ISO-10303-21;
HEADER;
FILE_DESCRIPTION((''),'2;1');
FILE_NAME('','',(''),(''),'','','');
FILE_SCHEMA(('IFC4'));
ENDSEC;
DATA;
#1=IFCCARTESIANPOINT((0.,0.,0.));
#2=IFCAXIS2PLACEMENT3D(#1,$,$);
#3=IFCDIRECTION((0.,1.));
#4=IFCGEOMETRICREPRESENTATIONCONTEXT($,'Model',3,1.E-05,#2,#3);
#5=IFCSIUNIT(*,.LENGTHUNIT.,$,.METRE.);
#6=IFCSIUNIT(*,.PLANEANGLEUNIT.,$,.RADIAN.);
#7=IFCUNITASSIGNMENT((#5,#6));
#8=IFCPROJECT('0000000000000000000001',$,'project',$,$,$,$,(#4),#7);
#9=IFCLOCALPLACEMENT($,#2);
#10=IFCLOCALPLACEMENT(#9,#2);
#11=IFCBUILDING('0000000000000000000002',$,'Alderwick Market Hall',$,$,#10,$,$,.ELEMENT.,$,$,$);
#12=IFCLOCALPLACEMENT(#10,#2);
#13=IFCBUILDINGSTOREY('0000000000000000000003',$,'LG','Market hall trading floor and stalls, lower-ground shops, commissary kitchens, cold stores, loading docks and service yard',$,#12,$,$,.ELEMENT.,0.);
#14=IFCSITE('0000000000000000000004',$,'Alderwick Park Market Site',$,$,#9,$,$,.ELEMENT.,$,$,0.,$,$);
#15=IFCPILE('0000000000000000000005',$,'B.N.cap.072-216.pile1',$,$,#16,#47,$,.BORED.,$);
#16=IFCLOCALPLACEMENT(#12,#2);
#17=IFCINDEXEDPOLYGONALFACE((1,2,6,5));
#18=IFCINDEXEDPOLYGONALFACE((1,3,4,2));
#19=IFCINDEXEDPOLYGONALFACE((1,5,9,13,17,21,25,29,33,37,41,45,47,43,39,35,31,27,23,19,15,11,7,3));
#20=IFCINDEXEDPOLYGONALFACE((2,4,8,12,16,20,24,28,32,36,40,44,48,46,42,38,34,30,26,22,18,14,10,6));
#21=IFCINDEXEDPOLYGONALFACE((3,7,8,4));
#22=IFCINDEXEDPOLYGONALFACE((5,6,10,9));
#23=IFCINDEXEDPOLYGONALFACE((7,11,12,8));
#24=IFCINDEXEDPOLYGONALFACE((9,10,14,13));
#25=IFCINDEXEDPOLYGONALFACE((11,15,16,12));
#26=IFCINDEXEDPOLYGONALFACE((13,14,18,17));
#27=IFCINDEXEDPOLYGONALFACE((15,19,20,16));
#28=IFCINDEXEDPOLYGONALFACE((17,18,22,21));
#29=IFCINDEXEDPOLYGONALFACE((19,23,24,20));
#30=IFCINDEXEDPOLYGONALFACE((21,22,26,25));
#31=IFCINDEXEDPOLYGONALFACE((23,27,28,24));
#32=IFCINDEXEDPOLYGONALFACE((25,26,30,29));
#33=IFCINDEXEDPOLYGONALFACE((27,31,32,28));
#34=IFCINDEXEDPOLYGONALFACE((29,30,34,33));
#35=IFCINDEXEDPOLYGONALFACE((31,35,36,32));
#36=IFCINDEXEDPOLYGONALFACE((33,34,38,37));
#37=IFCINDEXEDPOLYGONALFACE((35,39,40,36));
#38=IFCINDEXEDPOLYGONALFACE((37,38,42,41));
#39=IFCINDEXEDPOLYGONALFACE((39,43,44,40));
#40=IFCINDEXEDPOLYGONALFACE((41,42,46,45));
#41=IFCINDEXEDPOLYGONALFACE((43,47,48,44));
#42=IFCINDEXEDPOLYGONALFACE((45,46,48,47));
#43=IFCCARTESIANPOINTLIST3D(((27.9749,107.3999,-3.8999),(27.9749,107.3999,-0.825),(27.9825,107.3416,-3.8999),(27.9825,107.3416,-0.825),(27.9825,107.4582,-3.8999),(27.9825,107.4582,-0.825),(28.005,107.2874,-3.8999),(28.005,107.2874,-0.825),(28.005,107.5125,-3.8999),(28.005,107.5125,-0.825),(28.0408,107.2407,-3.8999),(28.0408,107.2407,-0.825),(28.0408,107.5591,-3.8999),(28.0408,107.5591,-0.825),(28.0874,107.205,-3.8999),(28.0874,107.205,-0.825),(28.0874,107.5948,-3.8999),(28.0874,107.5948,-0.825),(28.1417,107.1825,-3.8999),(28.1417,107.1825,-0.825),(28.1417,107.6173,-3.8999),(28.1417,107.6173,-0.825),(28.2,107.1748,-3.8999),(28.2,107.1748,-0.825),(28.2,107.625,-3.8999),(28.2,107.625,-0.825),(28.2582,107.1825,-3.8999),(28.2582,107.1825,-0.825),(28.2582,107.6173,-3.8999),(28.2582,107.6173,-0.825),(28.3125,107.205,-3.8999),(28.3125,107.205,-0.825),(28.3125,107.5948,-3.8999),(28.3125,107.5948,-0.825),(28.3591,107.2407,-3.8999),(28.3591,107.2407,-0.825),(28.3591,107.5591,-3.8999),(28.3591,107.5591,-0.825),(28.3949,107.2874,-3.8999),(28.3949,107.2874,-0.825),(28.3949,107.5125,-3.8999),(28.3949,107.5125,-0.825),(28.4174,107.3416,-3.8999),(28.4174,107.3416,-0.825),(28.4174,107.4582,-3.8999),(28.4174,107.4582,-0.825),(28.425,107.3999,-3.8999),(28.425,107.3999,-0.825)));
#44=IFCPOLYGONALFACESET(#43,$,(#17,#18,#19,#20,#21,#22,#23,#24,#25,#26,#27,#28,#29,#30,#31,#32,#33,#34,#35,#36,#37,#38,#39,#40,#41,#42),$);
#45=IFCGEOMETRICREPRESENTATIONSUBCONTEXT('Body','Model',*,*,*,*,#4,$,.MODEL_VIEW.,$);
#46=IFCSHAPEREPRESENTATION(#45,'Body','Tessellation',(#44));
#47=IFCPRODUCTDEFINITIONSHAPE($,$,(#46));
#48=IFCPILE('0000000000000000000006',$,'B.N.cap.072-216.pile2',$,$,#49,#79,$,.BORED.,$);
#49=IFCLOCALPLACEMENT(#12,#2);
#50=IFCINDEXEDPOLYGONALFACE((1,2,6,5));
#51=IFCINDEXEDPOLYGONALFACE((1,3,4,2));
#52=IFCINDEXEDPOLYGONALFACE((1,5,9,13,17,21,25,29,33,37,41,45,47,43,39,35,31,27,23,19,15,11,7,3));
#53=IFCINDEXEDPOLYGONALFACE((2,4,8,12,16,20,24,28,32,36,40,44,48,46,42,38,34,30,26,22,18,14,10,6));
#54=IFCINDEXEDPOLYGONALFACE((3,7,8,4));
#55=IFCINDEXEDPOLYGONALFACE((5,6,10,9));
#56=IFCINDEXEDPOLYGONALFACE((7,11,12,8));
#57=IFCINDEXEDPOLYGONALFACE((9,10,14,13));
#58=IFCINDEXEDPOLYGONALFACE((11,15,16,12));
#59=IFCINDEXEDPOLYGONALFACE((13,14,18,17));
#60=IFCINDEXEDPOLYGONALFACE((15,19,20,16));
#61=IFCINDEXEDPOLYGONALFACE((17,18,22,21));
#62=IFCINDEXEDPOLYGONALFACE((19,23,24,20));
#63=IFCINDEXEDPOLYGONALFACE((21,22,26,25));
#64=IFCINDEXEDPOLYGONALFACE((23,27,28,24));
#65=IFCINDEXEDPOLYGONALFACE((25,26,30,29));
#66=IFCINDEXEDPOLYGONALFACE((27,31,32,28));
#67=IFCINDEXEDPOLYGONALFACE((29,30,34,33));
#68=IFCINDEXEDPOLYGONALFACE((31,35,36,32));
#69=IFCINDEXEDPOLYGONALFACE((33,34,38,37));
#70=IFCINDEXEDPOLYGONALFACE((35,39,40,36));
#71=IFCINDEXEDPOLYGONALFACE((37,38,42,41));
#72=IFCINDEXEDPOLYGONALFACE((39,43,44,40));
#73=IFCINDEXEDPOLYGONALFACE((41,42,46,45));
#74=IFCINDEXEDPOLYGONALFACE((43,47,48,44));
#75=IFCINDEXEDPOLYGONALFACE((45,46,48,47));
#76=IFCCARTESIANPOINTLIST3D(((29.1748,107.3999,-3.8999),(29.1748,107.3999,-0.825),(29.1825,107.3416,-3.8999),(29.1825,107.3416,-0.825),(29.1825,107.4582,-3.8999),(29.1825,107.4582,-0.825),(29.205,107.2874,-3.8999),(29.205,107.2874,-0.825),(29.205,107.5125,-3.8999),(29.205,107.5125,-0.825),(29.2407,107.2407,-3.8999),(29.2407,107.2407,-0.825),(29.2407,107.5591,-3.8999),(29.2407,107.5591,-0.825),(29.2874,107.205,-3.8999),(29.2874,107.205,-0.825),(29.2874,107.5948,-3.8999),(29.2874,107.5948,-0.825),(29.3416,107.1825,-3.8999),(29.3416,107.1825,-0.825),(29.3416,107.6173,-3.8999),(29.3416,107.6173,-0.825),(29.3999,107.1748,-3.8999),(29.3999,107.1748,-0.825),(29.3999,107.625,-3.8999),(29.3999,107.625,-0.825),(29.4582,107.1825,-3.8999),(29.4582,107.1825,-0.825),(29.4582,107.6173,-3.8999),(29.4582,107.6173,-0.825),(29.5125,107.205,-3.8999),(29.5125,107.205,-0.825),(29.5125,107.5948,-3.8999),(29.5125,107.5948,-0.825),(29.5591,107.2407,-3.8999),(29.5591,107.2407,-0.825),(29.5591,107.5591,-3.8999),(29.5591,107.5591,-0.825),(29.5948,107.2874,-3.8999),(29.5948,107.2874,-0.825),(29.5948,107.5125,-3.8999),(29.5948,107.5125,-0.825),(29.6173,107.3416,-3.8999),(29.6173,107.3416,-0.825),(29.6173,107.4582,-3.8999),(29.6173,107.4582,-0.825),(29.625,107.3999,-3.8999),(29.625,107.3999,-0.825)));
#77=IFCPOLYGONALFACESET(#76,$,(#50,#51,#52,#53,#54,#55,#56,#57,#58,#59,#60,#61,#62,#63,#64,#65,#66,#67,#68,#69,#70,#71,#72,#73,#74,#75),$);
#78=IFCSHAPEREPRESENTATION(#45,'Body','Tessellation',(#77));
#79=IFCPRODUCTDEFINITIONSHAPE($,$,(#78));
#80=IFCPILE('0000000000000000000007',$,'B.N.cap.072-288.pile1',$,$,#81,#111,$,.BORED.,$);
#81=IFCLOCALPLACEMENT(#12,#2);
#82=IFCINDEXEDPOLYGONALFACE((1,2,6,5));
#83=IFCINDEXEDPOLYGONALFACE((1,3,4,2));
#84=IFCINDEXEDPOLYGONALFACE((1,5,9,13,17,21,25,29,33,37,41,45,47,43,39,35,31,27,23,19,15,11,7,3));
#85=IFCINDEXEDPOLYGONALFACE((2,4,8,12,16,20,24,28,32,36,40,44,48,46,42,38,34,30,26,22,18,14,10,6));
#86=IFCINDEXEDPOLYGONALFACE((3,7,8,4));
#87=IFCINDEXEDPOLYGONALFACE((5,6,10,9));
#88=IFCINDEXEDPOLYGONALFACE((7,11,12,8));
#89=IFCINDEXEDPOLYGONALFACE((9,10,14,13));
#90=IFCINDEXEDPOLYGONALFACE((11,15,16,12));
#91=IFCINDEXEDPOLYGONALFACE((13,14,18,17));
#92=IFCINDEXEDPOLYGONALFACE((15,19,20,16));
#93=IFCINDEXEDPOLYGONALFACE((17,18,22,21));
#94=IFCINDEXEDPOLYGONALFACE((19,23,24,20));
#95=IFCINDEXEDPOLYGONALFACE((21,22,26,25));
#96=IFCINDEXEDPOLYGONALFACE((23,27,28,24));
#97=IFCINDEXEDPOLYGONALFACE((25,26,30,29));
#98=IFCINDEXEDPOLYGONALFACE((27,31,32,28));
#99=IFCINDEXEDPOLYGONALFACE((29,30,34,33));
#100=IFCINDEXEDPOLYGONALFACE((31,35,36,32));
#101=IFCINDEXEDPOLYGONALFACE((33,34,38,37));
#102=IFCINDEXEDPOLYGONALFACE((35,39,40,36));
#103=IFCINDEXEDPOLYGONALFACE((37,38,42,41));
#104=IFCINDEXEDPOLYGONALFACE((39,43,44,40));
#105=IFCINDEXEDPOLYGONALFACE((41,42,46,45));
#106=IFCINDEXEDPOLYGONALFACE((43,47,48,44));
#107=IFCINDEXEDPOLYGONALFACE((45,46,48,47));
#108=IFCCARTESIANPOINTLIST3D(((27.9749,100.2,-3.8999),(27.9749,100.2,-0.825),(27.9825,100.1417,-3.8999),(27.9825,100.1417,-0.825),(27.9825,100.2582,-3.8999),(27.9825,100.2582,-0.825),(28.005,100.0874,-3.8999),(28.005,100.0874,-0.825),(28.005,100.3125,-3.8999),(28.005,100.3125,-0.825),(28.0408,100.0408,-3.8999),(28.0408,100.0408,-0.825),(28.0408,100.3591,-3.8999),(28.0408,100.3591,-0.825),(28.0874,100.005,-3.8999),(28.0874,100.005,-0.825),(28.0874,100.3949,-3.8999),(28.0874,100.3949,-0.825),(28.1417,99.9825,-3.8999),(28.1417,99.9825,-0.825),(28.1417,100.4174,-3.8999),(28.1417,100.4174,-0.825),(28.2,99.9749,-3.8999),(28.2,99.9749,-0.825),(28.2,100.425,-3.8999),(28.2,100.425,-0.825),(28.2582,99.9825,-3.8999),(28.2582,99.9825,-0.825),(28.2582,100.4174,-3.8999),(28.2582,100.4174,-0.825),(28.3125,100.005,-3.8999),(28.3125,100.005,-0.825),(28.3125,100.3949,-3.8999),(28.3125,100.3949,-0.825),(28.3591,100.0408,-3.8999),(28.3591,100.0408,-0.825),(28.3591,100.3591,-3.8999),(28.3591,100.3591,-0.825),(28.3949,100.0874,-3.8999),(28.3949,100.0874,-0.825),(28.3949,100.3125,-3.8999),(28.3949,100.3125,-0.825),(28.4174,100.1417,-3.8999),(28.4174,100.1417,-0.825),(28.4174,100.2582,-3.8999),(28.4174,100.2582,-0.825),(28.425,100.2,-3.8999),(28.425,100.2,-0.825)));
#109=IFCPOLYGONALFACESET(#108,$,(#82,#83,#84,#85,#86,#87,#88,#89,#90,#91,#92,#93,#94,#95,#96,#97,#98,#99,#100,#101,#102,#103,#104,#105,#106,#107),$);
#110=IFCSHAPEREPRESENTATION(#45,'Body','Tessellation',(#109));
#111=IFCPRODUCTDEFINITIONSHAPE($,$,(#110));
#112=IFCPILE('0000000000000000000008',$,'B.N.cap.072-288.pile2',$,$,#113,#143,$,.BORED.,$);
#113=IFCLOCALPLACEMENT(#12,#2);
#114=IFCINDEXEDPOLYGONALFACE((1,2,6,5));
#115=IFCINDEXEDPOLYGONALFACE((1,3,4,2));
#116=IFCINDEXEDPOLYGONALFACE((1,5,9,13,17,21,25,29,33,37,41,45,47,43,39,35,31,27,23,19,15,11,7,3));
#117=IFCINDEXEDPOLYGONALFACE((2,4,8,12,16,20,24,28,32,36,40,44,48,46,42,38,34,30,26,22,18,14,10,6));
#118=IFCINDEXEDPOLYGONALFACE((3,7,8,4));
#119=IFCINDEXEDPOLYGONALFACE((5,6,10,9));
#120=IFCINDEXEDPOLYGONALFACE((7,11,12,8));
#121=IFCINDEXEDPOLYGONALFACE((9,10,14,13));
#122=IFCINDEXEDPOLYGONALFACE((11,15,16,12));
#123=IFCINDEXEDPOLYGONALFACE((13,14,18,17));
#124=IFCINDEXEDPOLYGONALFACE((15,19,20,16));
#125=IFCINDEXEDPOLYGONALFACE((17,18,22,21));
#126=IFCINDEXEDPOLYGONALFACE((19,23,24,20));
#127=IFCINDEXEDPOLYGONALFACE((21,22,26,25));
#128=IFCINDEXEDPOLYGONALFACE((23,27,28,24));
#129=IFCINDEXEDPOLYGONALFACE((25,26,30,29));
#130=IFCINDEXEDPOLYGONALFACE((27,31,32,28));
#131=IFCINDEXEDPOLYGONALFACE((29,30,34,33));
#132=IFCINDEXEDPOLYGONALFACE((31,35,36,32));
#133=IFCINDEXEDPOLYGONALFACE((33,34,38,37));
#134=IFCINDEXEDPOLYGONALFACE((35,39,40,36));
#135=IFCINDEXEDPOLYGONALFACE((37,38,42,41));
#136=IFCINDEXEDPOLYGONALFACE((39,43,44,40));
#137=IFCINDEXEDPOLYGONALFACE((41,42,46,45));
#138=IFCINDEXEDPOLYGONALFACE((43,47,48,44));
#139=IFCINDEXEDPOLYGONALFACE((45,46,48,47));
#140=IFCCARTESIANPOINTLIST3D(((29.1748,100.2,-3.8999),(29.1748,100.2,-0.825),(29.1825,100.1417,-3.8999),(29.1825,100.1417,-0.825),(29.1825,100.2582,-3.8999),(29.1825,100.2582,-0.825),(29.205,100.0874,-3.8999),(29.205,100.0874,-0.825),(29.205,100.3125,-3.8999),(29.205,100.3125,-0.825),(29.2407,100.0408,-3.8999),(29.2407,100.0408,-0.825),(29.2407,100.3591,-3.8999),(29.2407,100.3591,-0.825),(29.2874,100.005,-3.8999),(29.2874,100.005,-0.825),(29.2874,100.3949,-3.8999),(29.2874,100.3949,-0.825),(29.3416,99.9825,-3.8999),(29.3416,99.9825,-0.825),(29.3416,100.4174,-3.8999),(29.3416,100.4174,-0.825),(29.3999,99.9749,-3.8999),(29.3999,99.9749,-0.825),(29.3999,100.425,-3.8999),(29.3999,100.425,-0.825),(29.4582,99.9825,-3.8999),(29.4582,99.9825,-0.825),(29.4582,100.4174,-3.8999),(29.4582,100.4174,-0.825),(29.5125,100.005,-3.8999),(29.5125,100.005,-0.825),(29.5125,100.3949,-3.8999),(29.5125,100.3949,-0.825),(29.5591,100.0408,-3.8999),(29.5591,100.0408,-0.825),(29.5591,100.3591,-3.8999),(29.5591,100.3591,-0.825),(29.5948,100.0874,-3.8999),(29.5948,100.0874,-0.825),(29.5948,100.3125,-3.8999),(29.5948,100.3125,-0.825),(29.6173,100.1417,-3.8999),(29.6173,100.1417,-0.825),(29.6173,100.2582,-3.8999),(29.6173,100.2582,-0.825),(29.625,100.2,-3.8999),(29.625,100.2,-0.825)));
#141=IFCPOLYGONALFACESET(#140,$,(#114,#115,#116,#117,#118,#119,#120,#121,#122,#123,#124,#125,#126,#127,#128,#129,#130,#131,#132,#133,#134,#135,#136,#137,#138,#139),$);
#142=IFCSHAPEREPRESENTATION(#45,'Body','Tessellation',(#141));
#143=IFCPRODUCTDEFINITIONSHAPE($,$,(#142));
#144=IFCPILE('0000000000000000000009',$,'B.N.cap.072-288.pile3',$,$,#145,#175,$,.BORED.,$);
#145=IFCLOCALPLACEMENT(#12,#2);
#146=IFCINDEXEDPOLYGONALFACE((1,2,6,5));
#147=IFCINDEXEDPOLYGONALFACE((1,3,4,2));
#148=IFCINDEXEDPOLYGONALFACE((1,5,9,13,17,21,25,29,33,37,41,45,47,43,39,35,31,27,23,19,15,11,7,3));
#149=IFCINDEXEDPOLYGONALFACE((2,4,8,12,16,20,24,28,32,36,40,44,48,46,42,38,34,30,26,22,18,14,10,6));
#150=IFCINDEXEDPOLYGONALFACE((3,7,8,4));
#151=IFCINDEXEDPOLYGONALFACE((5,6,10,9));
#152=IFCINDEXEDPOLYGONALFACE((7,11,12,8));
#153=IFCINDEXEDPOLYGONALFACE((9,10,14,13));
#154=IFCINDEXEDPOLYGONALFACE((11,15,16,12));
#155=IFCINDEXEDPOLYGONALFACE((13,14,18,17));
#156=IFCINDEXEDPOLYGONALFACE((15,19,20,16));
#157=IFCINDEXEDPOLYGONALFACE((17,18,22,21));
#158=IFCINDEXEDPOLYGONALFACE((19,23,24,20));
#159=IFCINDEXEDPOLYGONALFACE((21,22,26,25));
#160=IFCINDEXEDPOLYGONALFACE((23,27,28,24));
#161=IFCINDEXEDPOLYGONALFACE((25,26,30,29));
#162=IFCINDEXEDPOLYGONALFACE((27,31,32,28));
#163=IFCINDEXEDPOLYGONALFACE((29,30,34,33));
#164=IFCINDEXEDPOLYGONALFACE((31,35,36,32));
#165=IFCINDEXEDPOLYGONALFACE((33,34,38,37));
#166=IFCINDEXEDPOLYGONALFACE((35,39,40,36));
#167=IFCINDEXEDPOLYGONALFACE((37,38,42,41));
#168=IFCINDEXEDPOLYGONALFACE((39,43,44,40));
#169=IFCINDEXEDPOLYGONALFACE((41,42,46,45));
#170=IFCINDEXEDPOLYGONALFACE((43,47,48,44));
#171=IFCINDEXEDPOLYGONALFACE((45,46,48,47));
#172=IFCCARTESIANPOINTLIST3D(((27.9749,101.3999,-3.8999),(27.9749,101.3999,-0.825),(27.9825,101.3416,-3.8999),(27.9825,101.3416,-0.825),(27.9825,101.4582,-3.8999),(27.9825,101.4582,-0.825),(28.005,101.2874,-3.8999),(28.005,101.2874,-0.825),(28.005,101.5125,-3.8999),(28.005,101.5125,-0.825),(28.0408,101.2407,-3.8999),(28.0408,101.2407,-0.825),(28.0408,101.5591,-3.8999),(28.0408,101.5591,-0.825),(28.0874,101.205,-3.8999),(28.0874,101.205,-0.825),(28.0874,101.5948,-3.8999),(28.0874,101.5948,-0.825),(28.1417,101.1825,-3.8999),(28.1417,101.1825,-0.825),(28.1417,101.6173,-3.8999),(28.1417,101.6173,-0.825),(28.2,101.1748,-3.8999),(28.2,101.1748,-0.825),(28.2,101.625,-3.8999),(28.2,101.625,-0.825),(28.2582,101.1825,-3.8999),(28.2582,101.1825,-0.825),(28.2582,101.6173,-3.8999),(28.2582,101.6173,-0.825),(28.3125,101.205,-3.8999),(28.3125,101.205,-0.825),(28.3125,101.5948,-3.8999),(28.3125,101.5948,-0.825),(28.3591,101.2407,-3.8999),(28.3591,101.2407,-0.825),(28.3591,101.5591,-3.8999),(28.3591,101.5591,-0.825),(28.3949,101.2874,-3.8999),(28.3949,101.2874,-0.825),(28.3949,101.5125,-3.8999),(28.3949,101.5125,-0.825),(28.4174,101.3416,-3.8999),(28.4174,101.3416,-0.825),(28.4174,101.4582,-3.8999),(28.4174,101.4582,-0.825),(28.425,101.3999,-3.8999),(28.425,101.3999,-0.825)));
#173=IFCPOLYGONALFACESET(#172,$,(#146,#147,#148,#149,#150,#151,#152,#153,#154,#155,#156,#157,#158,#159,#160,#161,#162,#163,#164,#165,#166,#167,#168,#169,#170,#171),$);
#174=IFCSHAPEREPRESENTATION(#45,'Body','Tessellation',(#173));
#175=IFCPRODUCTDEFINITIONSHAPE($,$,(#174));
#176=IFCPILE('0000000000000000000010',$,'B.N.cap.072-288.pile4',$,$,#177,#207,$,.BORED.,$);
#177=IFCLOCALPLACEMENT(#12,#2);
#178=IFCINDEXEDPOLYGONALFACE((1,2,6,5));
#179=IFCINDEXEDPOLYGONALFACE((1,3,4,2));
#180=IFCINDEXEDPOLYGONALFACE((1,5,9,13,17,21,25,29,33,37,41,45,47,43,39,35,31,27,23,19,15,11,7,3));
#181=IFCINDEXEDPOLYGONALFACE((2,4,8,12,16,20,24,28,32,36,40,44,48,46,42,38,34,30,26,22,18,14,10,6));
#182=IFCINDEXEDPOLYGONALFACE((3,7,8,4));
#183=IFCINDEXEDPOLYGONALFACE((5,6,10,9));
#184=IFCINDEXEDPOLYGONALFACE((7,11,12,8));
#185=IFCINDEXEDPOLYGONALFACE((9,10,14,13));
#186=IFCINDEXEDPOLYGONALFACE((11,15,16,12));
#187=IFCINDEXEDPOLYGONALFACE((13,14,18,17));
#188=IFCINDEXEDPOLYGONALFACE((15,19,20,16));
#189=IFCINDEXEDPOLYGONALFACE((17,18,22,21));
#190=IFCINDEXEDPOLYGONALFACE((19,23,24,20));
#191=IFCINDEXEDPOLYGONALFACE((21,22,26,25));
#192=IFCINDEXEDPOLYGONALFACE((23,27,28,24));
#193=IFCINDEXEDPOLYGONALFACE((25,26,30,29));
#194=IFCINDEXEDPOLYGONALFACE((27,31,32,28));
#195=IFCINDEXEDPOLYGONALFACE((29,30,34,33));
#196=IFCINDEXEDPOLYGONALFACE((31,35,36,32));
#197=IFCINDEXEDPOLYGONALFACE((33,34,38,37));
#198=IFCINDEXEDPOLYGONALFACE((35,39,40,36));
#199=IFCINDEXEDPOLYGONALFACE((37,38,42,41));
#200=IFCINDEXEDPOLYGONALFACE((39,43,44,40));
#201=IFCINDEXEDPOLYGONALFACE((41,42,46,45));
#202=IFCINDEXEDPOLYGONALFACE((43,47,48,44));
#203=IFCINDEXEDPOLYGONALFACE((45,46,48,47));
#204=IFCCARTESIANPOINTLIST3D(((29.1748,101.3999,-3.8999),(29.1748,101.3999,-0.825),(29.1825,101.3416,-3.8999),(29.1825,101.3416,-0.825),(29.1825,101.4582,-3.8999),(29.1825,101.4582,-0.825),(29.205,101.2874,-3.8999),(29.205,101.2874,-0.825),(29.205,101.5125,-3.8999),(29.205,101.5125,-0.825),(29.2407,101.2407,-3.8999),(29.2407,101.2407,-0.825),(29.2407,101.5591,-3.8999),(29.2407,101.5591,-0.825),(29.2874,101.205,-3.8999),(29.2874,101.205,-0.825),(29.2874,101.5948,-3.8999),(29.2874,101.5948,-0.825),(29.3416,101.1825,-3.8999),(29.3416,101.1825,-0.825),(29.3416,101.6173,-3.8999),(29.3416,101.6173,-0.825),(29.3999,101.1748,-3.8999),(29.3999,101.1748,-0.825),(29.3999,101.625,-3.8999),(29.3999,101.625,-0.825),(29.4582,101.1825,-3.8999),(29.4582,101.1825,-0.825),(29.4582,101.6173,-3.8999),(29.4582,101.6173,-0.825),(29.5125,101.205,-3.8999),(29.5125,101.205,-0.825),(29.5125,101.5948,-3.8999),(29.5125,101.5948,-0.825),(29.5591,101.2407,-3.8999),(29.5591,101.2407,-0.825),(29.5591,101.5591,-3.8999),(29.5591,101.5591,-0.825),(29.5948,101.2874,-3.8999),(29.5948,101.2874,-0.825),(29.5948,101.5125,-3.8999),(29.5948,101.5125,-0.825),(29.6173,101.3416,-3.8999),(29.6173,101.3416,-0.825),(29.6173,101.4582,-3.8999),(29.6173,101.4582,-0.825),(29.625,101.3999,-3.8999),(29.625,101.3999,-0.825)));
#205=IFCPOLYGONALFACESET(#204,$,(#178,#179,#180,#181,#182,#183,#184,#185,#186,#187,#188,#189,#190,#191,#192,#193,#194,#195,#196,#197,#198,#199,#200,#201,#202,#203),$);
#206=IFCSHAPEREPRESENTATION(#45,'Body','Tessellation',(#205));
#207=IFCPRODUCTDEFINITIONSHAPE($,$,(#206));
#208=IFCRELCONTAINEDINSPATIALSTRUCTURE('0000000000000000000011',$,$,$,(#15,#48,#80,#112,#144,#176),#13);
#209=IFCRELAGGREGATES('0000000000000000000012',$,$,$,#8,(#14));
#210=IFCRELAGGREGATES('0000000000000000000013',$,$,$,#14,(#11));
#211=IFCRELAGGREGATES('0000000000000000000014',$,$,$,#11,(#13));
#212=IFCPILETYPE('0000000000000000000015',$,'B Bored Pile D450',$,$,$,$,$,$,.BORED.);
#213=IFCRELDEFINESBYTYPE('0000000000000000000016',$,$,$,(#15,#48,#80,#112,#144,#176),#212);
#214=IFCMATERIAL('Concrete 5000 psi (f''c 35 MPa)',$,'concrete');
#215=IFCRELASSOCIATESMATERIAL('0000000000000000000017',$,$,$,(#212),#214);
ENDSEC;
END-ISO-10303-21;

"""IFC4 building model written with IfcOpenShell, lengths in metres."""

from ifc_helpers import new_model, si_unit, direction, frame, origin, origin_2d, place, context, subcontext, project, spatial, circle, extrude, material, material_profile, profile_set, type_object, element, save


model = new_model("IFC4")

# Units and contexts
model_context = context("Model", 3, precision=1e-05, world=origin(), true_north=direction((0.0, 1.0)))
body_context = subcontext(model_context, "Body", "Model", "MODEL_VIEW")
ifc_project = project(units=[si_unit("LENGTHUNIT", "METRE"), si_unit("PLANEANGLEUNIT", "RADIAN")], contexts=[model_context])

# Site, building, storey
site_placement = place(None, origin())
site = spatial("IfcSite", under=ifc_project, at=site_placement, Name="Alderwick Park Market Site", CompositionType="ELEMENT", RefElevation=0.0)
building_placement = place(site_placement, origin())
building = spatial("IfcBuilding", under=site, at=building_placement, Name="Alderwick Market Hall", CompositionType="ELEMENT")
storey_placement = place(building_placement, origin())
storey = spatial("IfcBuildingStorey", under=building, at=storey_placement, Name="LG", Description="Market hall trading floor and stalls, lower-ground shops, commissary kitchens, cold stores, loading docks and service yard", CompositionType="ELEMENT", Elevation=0.0)

# Piles
ifc_material_1 = material(Name="Concrete 5000 psi (f'c 35 MPa)", Category="concrete")
ifc_material_profile_1 = material_profile(ifc_material_1, circle(Radius=0.2251, at=origin_2d()), Name="B Bored Pile D450")
ifc_profile_set_1 = profile_set([ifc_material_profile_1], Name="Concrete 5000 psi (f'c 35 MPa)")
pile_type = type_object("IfcPileType", Name="B Bored Pile D450", PredefinedType="BORED", material=ifc_profile_set_1)
for number, where, z_axis, x_axis, name in (
    (1, (28.2, 107.3999, -0.825), (0.0, 0.0, -1.0), (1.0, 0.0, 0.0), "B.N.cap.072-216.pile1"),
    (2, (29.3999, 107.3999, -0.825), (0.0, 0.0, -1.0), (1.0, 0.0, 0.0), "B.N.cap.072-216.pile2"),
    (3, (28.2, 100.2, -0.825), (0.0, 0.0, -1.0), (1.0, 0.0, 0.0), "B.N.cap.072-288.pile1"),
    (4, (29.3999, 100.2, -0.825), (0.0, 0.0, -1.0), (1.0, 0.0, 0.0), "B.N.cap.072-288.pile2"),
    (5, (28.2, 101.3999, -0.825), (0.0, 0.0, -1.0), (1.0, 0.0, 0.0), "B.N.cap.072-288.pile3"),
    (6, (29.3999, 101.3999, -0.825), (0.0, 0.0, -1.0), (1.0, 0.0, 0.0), "B.N.cap.072-288.pile4"),
):
    element("IfcPile", number, at=place(storey_placement, frame(where, z_axis=z_axis, x_axis=x_axis)), inside=storey, type_object=pile_type, Name=name, PredefinedType="BORED", context=body_context, shape_type="SweptSolid", body=[
        extrude(circle(Radius=0.2251, at=origin_2d()), origin(), (0.0, 0.0, 1.0), 3.075),
    ])

save(model, "model.ifc")
